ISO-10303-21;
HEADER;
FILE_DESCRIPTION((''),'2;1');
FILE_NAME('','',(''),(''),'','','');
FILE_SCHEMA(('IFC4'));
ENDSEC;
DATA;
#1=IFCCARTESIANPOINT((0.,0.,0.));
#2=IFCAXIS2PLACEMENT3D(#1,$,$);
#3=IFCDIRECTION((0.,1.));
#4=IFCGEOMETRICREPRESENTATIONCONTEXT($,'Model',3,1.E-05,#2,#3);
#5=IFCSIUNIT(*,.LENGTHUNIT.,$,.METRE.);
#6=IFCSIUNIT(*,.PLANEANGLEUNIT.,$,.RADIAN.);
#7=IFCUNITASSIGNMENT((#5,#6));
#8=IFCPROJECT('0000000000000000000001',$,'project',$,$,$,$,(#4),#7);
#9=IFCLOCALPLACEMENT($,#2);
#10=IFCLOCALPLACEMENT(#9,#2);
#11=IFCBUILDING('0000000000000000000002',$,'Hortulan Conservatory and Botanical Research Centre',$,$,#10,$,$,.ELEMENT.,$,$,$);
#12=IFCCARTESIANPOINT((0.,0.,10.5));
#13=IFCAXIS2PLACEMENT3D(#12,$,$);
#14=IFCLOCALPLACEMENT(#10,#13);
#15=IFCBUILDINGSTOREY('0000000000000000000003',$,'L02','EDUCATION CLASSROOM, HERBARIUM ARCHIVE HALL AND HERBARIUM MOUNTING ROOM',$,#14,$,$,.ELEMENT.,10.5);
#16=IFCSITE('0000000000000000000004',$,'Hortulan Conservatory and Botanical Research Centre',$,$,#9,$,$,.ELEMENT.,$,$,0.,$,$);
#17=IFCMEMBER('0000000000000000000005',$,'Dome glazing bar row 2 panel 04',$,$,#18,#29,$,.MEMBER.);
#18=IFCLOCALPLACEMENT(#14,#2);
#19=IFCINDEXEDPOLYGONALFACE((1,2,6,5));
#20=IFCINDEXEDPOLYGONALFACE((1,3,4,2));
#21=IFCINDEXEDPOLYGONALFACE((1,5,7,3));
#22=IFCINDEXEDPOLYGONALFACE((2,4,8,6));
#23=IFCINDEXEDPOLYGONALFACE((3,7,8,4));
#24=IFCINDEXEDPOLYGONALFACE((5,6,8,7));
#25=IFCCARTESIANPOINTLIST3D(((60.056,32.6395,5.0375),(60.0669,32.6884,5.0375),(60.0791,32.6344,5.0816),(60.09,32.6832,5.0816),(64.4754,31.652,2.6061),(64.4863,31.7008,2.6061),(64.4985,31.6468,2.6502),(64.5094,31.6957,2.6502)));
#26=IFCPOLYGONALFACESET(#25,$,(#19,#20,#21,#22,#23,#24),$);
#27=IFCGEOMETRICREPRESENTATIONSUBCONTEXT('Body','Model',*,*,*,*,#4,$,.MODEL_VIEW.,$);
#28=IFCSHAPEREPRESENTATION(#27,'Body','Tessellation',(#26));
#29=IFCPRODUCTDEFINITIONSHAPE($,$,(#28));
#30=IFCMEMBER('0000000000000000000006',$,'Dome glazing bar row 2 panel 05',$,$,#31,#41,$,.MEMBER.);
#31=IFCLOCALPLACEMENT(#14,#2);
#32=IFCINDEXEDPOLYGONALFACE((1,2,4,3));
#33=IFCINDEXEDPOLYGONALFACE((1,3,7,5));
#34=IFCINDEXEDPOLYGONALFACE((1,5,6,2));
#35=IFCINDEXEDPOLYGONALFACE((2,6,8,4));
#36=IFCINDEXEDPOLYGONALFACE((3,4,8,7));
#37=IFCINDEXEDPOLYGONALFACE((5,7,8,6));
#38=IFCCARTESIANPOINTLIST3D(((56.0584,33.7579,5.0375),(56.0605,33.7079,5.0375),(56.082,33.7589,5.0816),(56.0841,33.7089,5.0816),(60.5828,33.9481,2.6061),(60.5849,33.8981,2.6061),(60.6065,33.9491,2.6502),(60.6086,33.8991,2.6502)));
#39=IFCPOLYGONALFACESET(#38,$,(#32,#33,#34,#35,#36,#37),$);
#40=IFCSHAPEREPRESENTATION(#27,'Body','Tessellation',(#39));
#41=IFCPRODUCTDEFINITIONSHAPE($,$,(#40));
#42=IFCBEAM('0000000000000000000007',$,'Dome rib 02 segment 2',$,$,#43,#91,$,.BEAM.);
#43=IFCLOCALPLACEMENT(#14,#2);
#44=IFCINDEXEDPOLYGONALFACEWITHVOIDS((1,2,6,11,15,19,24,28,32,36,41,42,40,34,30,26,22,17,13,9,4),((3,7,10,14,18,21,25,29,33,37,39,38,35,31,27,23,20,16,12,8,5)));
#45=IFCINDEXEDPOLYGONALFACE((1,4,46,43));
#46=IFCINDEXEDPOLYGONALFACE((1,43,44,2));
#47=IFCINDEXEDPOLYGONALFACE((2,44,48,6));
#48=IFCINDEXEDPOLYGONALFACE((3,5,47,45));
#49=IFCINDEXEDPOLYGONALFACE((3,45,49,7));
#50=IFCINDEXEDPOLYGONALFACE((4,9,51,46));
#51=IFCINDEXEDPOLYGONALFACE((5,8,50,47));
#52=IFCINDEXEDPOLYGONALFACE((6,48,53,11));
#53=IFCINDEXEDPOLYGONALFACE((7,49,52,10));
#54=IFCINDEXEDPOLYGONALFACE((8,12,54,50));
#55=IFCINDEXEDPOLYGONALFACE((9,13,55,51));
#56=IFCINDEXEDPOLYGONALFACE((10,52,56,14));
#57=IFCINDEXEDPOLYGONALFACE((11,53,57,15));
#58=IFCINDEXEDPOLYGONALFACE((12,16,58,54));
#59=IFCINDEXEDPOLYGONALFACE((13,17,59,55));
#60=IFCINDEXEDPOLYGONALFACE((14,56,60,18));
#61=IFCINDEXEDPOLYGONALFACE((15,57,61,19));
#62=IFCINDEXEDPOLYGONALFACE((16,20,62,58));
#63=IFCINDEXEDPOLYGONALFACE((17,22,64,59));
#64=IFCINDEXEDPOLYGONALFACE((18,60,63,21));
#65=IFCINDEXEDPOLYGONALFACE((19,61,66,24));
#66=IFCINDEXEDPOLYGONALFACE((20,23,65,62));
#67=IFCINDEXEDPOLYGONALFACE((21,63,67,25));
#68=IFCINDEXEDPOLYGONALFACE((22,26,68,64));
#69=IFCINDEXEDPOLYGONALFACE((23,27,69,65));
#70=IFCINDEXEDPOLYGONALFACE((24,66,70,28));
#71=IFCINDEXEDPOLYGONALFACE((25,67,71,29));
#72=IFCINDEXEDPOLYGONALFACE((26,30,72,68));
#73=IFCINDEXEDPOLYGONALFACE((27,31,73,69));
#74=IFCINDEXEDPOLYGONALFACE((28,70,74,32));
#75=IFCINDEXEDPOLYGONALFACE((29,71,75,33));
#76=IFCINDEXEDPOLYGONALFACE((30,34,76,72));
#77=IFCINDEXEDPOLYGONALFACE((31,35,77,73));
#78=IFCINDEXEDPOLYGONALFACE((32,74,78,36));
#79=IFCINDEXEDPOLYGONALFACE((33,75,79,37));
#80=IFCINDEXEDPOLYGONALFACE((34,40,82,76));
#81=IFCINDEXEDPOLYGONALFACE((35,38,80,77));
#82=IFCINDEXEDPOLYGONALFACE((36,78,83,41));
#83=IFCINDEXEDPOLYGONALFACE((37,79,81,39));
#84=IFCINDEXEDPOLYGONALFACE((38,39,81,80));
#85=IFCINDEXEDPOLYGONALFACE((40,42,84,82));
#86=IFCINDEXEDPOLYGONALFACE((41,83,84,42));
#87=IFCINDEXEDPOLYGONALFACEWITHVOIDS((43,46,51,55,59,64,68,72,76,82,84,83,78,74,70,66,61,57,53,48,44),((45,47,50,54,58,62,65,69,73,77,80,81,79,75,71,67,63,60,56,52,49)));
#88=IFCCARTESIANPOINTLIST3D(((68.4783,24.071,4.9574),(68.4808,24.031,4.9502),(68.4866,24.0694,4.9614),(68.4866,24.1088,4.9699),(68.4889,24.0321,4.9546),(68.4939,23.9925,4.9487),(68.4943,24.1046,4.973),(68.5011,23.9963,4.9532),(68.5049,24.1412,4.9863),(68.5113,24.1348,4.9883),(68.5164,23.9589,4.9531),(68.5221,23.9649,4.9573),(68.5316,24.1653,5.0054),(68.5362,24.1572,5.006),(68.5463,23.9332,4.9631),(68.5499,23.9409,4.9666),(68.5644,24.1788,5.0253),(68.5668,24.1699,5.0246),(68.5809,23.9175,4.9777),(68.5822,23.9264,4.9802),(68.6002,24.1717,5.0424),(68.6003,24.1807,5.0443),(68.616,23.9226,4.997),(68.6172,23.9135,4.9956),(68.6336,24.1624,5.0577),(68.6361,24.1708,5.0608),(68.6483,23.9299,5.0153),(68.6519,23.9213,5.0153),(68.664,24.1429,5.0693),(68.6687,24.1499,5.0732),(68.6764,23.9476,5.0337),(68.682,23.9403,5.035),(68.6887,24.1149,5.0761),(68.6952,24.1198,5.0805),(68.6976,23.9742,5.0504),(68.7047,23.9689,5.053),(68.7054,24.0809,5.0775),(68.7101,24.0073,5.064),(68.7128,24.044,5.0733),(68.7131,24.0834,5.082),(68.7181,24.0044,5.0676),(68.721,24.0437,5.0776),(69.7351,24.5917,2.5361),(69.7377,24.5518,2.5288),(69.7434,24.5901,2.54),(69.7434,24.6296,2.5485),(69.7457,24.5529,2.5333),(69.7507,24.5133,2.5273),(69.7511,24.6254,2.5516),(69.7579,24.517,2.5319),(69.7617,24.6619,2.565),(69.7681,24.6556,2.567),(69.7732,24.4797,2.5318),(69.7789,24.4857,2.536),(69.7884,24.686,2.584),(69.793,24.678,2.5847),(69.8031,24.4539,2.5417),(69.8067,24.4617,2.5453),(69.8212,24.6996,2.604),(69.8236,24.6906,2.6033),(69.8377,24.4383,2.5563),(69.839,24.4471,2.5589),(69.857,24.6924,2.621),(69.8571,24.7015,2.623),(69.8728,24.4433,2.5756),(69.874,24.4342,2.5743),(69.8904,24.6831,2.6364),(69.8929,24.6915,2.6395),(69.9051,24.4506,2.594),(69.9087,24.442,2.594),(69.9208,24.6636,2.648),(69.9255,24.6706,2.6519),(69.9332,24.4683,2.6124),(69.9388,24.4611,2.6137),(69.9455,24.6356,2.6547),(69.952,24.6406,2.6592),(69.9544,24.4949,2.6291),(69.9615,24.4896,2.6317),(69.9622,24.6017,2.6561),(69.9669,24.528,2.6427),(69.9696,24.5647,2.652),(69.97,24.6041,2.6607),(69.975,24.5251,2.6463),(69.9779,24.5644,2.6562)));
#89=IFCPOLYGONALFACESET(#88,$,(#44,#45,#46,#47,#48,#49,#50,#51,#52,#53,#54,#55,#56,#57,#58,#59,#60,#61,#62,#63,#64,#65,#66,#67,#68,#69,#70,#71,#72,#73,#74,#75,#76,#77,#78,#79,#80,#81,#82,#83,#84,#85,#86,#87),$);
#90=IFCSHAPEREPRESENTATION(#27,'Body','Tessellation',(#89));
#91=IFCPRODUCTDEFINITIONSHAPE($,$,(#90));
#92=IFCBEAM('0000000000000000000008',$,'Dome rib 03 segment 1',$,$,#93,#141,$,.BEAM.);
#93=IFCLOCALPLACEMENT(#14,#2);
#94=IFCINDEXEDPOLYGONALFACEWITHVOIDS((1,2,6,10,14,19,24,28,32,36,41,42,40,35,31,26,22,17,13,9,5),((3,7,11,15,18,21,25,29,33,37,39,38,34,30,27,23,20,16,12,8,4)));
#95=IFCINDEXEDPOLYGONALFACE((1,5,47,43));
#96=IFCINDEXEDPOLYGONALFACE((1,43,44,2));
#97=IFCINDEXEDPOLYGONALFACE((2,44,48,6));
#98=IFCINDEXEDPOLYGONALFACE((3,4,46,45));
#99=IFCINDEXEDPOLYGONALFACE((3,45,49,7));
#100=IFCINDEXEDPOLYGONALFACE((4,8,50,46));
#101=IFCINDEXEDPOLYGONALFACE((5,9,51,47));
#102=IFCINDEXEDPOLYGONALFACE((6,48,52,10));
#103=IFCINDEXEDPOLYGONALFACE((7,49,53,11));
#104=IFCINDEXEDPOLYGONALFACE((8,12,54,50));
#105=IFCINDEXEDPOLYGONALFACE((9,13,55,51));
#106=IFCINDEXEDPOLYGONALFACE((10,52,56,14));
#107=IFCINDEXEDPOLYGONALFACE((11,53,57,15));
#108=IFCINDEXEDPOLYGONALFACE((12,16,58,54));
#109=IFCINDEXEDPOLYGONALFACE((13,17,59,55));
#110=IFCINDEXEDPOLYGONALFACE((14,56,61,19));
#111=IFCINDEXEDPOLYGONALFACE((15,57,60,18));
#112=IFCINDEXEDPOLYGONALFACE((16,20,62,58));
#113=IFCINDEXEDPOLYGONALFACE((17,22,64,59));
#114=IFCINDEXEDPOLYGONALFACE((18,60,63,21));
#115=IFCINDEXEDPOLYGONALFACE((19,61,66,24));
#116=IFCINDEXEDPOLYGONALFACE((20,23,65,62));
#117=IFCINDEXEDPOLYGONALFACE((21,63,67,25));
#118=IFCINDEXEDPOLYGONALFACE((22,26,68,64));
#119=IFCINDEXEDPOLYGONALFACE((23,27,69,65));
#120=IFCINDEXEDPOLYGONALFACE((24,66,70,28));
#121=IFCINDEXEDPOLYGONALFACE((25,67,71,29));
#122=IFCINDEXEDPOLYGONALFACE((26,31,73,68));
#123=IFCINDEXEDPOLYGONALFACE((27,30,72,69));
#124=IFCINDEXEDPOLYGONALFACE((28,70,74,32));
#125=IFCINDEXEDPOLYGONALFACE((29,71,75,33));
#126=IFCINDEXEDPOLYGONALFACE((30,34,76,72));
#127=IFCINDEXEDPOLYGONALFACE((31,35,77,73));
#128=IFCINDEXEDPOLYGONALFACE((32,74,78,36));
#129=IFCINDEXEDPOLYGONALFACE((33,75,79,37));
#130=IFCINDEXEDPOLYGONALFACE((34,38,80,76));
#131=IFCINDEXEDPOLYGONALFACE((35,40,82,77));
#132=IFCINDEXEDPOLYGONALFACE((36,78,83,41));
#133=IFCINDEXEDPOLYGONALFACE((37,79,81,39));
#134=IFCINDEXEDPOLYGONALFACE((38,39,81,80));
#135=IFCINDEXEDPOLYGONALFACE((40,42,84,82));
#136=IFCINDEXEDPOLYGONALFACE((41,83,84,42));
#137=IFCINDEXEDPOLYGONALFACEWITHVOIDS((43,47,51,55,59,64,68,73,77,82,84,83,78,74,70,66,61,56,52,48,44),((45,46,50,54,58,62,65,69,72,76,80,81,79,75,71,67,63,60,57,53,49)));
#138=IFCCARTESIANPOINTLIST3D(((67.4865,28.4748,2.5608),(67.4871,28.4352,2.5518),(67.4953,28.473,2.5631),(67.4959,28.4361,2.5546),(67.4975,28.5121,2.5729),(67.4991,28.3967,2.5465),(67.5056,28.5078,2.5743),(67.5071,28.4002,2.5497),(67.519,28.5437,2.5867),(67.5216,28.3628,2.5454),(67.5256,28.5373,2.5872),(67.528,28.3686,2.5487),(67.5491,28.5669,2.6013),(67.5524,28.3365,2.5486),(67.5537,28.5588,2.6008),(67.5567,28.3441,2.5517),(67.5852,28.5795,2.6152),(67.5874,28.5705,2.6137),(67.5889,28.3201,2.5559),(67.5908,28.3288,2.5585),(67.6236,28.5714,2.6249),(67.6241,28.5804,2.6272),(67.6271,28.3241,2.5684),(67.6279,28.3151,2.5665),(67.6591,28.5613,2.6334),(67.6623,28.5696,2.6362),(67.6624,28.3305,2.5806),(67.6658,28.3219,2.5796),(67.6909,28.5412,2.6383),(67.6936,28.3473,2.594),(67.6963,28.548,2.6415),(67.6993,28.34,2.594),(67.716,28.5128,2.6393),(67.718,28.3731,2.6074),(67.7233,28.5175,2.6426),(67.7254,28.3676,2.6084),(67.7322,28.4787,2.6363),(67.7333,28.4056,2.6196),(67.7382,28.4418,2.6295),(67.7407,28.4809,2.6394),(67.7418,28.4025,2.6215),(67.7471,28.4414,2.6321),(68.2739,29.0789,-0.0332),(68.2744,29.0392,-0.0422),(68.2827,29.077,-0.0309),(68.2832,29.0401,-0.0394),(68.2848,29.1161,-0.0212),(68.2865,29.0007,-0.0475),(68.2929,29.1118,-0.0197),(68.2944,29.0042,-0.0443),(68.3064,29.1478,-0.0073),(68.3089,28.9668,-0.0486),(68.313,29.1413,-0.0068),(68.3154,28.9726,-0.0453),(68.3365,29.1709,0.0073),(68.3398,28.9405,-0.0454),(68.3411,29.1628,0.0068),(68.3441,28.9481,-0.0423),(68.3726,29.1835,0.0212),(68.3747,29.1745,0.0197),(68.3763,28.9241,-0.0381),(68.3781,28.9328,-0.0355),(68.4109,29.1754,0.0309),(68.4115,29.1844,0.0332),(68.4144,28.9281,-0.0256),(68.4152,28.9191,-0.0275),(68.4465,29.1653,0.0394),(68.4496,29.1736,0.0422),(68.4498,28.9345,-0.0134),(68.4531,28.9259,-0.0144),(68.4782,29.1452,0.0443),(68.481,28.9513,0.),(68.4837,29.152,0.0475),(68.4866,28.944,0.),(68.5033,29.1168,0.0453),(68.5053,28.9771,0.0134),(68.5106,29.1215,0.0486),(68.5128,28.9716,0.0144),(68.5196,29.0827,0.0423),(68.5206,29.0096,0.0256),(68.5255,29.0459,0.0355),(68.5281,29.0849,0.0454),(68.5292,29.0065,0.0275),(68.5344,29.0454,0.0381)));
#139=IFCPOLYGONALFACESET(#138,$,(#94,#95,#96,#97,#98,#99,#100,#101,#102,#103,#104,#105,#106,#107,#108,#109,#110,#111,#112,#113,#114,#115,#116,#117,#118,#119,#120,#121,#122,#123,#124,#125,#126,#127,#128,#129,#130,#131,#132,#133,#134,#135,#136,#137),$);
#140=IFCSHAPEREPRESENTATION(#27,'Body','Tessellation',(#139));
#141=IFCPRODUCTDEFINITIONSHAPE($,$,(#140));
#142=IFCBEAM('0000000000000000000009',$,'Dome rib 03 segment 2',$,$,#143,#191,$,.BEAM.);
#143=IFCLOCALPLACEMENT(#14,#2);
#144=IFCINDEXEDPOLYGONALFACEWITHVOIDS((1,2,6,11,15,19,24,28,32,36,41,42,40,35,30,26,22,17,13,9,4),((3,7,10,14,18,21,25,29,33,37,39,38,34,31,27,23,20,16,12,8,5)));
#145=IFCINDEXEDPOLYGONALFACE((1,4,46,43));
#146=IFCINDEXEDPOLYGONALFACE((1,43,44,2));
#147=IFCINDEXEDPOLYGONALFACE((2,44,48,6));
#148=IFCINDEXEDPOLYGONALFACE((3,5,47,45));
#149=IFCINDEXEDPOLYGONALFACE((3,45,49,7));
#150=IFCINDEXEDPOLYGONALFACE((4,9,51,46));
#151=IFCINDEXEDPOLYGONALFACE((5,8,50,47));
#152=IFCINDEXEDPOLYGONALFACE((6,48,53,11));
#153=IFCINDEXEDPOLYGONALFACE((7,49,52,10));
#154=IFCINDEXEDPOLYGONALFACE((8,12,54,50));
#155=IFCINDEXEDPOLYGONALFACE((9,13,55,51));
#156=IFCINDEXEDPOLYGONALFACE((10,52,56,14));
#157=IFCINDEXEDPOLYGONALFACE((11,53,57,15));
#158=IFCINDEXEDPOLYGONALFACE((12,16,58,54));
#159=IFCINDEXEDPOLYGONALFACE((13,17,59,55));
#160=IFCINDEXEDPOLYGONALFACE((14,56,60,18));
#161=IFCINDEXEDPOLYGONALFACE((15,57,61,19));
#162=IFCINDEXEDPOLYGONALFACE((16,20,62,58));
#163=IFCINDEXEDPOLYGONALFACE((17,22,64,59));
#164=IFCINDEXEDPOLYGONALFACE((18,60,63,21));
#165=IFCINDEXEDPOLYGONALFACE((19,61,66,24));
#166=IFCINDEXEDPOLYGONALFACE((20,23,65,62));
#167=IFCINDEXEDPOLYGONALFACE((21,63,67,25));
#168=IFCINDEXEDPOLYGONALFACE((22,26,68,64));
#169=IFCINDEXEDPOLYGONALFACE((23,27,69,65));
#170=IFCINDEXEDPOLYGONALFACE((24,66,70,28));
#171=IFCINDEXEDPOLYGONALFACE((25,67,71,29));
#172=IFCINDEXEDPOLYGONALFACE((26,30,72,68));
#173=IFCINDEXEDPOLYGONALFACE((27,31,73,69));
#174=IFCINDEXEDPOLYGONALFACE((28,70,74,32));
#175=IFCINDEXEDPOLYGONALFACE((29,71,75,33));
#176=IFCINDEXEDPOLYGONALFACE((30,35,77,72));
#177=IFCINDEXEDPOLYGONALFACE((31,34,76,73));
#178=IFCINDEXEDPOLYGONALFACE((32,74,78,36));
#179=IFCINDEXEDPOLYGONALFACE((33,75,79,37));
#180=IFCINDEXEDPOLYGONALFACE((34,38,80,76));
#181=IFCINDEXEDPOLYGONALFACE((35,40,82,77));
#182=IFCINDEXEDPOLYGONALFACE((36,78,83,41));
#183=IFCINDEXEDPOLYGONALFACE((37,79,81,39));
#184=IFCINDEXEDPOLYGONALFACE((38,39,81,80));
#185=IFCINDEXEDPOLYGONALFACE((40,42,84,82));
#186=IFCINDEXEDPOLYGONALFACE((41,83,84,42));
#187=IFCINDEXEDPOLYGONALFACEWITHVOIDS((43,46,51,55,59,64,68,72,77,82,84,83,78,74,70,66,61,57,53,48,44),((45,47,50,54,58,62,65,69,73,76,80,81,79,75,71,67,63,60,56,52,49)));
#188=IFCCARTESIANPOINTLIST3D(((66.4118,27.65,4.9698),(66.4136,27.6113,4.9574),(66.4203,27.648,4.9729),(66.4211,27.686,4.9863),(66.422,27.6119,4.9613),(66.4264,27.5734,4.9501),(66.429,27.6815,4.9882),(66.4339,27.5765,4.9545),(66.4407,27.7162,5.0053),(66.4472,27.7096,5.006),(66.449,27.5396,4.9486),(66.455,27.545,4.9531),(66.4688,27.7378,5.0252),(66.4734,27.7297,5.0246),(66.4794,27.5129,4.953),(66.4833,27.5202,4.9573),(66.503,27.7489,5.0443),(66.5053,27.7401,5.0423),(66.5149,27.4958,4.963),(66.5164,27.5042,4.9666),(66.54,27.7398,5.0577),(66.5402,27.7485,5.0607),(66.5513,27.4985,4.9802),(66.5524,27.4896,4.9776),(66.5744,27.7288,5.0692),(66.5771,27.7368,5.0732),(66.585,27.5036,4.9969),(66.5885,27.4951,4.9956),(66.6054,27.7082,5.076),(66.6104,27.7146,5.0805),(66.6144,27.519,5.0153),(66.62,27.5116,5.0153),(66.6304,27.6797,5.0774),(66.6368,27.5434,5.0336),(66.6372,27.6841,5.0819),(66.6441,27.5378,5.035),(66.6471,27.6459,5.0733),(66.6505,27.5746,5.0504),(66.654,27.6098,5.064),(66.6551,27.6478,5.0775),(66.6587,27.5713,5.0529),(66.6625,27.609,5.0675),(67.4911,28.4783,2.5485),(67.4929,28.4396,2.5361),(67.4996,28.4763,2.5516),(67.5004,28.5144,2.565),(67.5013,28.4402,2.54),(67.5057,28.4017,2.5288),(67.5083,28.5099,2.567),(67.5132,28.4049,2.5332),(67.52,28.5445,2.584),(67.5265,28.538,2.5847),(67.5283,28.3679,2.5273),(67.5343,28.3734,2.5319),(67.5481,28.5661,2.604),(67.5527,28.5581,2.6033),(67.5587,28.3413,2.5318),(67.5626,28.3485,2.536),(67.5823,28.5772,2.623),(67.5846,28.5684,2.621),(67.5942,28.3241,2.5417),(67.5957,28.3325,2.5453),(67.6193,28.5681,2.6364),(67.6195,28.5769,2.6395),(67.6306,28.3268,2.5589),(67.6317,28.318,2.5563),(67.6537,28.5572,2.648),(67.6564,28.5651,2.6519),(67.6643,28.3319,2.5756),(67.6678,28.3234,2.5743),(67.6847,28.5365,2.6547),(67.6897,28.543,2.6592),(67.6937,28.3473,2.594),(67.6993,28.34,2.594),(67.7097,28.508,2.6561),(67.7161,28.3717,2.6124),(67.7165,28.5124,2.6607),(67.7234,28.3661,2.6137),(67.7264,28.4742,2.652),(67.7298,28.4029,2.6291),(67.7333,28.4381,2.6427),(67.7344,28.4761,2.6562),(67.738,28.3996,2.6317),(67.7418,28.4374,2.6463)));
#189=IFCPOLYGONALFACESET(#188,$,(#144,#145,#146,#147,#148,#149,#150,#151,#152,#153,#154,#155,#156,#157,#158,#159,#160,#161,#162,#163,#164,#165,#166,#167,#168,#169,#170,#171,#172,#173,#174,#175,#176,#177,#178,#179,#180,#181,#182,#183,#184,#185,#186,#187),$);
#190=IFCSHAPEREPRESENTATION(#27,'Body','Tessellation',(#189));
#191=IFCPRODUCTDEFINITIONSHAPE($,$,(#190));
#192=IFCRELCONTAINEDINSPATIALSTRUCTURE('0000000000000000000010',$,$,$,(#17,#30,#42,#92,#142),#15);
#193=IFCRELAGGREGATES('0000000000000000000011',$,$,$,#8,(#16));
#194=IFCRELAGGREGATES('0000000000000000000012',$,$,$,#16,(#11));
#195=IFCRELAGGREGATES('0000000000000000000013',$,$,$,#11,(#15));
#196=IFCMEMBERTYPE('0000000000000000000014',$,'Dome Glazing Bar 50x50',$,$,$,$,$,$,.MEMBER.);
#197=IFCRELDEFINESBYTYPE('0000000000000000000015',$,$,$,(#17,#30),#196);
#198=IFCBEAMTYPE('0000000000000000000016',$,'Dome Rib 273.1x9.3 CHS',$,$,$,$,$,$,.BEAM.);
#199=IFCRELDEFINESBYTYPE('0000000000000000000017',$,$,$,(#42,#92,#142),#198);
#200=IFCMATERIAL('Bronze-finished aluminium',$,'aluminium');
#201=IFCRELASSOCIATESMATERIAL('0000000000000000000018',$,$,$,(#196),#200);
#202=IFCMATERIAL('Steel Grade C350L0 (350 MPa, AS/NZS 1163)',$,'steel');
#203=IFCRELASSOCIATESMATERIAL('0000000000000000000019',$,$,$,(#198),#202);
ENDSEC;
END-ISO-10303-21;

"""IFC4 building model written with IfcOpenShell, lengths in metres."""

from ifc_helpers import new_model, si_unit, direction, frame, origin, origin_2d, place, context, subcontext, project, spatial, rectangle, hollow_circle, extrude, material, material_profile, profile_set, type_object, element, save


model = new_model("IFC4")

# Units and contexts
model_context = context("Model", 3, precision=1e-05, world=origin(), true_north=direction((0.0, 1.0)))
body_context = subcontext(model_context, "Body", "Model", "MODEL_VIEW")
ifc_project = project(units=[si_unit("LENGTHUNIT", "METRE"), si_unit("PLANEANGLEUNIT", "RADIAN")], contexts=[model_context])

# Site, building, storey
site_placement = place(None, origin())
site = spatial("IfcSite", under=ifc_project, at=site_placement, Name="Hortulan Conservatory and Botanical Research Centre", CompositionType="ELEMENT", RefElevation=0.0)
building_placement = place(site_placement, origin())
building = spatial("IfcBuilding", under=site, at=building_placement, Name="Hortulan Conservatory and Botanical Research Centre", CompositionType="ELEMENT")
storey_placement = place(building_placement, frame((0.0, 0.0, 10.5)))
storey = spatial("IfcBuildingStorey", under=building, at=storey_placement, Name="L02", Description="EDUCATION CLASSROOM, HERBARIUM ARCHIVE HALL AND HERBARIUM MOUNTING ROOM", CompositionType="ELEMENT", Elevation=10.5)

# Members
ifc_material_1 = material(Name="Bronze-finished aluminium", Category="aluminium")
ifc_material_profile_1 = material_profile(ifc_material_1, rectangle(XDim=0.05, YDim=0.05, at=origin_2d()), Name="Square bar 50x50")
ifc_profile_set_1 = profile_set([ifc_material_profile_1], Name="Bronze-finished aluminium")
member_type_1 = type_object("IfcMemberType", Name="Dome Glazing Bar 50x50", PredefinedType="MEMBER", material=ifc_profile_set_1)
for number, where, z_axis, x_axis, name in (
    (1, (64.4924, 31.6738, 2.6282), (-0.859833, 0.192135, 0.473046), (-0.218078, -0.975931, 0.0), "Dome glazing bar row 2 panel 04"),
    (2, (60.5957, 33.9236, 2.6282), (-0.88026, -0.037002, 0.473047), (0.041998, -0.999118, 0.0), "Dome glazing bar row 2 panel 05"),
):
    element("IfcMember", number, at=place(storey_placement, frame(where, z_axis=z_axis, x_axis=x_axis)), inside=storey, type_object=member_type_1, Name=name, PredefinedType="MEMBER", context=body_context, shape_type="SweptSolid", body=[
        extrude(rectangle(XDim=0.05, YDim=0.05, at=origin_2d()), origin(), (0.0, 0.0, 1.0), 5.1399),
    ])

# Beams
ifc_material_2 = material(Name="Steel Grade C350L0 (350 MPa, AS/NZS 1163)", Category="steel")
ifc_material_profile_2 = material_profile(ifc_material_2, hollow_circle(Radius=0.1365, WallThickness=0.0093, at=origin_2d()), Name="273.1x9.3CHS")
ifc_profile_set_2 = profile_set([ifc_material_profile_2], Name="Steel Grade C350L0 (350 MPa, AS/NZS 1163)")
beam_type_1 = type_object("IfcBeamType", Name="Dome Rib 273.1x9.3 CHS", PredefinedType="BEAM", material=ifc_profile_set_2)
for number, where, z_axis, x_axis, name in (
    (3, (69.8564, 24.5681, 2.594), (-0.452523, -0.187496, 0.871819), (0.38278, -0.92384, 0.0), "Dome rib 02 segment 2"),
    (4, (68.4036, 29.0522, 0.0), (-0.283493, -0.217477, 0.933989), (0.608664, -0.793428, 0.0), "Dome rib 03 segment 1"),
    (5, (67.6162, 28.4482, 2.594), (-0.388609, -0.298247, 0.871798), (0.608835, -0.793297, 0.0), "Dome rib 03 segment 2"),
):
    element("IfcBeam", number, at=place(storey_placement, frame(where, z_axis=z_axis, x_axis=x_axis)), inside=storey, type_object=beam_type_1, Name=name, PredefinedType="BEAM", context=body_context, shape_type="SweptSolid", body=[
        extrude(hollow_circle(Radius=0.1365, WallThickness=0.0093, at=origin_2d()), origin(), (0.0, 0.0, 1.0), 2.7773),
    ])

save(model, "model.ifc")
